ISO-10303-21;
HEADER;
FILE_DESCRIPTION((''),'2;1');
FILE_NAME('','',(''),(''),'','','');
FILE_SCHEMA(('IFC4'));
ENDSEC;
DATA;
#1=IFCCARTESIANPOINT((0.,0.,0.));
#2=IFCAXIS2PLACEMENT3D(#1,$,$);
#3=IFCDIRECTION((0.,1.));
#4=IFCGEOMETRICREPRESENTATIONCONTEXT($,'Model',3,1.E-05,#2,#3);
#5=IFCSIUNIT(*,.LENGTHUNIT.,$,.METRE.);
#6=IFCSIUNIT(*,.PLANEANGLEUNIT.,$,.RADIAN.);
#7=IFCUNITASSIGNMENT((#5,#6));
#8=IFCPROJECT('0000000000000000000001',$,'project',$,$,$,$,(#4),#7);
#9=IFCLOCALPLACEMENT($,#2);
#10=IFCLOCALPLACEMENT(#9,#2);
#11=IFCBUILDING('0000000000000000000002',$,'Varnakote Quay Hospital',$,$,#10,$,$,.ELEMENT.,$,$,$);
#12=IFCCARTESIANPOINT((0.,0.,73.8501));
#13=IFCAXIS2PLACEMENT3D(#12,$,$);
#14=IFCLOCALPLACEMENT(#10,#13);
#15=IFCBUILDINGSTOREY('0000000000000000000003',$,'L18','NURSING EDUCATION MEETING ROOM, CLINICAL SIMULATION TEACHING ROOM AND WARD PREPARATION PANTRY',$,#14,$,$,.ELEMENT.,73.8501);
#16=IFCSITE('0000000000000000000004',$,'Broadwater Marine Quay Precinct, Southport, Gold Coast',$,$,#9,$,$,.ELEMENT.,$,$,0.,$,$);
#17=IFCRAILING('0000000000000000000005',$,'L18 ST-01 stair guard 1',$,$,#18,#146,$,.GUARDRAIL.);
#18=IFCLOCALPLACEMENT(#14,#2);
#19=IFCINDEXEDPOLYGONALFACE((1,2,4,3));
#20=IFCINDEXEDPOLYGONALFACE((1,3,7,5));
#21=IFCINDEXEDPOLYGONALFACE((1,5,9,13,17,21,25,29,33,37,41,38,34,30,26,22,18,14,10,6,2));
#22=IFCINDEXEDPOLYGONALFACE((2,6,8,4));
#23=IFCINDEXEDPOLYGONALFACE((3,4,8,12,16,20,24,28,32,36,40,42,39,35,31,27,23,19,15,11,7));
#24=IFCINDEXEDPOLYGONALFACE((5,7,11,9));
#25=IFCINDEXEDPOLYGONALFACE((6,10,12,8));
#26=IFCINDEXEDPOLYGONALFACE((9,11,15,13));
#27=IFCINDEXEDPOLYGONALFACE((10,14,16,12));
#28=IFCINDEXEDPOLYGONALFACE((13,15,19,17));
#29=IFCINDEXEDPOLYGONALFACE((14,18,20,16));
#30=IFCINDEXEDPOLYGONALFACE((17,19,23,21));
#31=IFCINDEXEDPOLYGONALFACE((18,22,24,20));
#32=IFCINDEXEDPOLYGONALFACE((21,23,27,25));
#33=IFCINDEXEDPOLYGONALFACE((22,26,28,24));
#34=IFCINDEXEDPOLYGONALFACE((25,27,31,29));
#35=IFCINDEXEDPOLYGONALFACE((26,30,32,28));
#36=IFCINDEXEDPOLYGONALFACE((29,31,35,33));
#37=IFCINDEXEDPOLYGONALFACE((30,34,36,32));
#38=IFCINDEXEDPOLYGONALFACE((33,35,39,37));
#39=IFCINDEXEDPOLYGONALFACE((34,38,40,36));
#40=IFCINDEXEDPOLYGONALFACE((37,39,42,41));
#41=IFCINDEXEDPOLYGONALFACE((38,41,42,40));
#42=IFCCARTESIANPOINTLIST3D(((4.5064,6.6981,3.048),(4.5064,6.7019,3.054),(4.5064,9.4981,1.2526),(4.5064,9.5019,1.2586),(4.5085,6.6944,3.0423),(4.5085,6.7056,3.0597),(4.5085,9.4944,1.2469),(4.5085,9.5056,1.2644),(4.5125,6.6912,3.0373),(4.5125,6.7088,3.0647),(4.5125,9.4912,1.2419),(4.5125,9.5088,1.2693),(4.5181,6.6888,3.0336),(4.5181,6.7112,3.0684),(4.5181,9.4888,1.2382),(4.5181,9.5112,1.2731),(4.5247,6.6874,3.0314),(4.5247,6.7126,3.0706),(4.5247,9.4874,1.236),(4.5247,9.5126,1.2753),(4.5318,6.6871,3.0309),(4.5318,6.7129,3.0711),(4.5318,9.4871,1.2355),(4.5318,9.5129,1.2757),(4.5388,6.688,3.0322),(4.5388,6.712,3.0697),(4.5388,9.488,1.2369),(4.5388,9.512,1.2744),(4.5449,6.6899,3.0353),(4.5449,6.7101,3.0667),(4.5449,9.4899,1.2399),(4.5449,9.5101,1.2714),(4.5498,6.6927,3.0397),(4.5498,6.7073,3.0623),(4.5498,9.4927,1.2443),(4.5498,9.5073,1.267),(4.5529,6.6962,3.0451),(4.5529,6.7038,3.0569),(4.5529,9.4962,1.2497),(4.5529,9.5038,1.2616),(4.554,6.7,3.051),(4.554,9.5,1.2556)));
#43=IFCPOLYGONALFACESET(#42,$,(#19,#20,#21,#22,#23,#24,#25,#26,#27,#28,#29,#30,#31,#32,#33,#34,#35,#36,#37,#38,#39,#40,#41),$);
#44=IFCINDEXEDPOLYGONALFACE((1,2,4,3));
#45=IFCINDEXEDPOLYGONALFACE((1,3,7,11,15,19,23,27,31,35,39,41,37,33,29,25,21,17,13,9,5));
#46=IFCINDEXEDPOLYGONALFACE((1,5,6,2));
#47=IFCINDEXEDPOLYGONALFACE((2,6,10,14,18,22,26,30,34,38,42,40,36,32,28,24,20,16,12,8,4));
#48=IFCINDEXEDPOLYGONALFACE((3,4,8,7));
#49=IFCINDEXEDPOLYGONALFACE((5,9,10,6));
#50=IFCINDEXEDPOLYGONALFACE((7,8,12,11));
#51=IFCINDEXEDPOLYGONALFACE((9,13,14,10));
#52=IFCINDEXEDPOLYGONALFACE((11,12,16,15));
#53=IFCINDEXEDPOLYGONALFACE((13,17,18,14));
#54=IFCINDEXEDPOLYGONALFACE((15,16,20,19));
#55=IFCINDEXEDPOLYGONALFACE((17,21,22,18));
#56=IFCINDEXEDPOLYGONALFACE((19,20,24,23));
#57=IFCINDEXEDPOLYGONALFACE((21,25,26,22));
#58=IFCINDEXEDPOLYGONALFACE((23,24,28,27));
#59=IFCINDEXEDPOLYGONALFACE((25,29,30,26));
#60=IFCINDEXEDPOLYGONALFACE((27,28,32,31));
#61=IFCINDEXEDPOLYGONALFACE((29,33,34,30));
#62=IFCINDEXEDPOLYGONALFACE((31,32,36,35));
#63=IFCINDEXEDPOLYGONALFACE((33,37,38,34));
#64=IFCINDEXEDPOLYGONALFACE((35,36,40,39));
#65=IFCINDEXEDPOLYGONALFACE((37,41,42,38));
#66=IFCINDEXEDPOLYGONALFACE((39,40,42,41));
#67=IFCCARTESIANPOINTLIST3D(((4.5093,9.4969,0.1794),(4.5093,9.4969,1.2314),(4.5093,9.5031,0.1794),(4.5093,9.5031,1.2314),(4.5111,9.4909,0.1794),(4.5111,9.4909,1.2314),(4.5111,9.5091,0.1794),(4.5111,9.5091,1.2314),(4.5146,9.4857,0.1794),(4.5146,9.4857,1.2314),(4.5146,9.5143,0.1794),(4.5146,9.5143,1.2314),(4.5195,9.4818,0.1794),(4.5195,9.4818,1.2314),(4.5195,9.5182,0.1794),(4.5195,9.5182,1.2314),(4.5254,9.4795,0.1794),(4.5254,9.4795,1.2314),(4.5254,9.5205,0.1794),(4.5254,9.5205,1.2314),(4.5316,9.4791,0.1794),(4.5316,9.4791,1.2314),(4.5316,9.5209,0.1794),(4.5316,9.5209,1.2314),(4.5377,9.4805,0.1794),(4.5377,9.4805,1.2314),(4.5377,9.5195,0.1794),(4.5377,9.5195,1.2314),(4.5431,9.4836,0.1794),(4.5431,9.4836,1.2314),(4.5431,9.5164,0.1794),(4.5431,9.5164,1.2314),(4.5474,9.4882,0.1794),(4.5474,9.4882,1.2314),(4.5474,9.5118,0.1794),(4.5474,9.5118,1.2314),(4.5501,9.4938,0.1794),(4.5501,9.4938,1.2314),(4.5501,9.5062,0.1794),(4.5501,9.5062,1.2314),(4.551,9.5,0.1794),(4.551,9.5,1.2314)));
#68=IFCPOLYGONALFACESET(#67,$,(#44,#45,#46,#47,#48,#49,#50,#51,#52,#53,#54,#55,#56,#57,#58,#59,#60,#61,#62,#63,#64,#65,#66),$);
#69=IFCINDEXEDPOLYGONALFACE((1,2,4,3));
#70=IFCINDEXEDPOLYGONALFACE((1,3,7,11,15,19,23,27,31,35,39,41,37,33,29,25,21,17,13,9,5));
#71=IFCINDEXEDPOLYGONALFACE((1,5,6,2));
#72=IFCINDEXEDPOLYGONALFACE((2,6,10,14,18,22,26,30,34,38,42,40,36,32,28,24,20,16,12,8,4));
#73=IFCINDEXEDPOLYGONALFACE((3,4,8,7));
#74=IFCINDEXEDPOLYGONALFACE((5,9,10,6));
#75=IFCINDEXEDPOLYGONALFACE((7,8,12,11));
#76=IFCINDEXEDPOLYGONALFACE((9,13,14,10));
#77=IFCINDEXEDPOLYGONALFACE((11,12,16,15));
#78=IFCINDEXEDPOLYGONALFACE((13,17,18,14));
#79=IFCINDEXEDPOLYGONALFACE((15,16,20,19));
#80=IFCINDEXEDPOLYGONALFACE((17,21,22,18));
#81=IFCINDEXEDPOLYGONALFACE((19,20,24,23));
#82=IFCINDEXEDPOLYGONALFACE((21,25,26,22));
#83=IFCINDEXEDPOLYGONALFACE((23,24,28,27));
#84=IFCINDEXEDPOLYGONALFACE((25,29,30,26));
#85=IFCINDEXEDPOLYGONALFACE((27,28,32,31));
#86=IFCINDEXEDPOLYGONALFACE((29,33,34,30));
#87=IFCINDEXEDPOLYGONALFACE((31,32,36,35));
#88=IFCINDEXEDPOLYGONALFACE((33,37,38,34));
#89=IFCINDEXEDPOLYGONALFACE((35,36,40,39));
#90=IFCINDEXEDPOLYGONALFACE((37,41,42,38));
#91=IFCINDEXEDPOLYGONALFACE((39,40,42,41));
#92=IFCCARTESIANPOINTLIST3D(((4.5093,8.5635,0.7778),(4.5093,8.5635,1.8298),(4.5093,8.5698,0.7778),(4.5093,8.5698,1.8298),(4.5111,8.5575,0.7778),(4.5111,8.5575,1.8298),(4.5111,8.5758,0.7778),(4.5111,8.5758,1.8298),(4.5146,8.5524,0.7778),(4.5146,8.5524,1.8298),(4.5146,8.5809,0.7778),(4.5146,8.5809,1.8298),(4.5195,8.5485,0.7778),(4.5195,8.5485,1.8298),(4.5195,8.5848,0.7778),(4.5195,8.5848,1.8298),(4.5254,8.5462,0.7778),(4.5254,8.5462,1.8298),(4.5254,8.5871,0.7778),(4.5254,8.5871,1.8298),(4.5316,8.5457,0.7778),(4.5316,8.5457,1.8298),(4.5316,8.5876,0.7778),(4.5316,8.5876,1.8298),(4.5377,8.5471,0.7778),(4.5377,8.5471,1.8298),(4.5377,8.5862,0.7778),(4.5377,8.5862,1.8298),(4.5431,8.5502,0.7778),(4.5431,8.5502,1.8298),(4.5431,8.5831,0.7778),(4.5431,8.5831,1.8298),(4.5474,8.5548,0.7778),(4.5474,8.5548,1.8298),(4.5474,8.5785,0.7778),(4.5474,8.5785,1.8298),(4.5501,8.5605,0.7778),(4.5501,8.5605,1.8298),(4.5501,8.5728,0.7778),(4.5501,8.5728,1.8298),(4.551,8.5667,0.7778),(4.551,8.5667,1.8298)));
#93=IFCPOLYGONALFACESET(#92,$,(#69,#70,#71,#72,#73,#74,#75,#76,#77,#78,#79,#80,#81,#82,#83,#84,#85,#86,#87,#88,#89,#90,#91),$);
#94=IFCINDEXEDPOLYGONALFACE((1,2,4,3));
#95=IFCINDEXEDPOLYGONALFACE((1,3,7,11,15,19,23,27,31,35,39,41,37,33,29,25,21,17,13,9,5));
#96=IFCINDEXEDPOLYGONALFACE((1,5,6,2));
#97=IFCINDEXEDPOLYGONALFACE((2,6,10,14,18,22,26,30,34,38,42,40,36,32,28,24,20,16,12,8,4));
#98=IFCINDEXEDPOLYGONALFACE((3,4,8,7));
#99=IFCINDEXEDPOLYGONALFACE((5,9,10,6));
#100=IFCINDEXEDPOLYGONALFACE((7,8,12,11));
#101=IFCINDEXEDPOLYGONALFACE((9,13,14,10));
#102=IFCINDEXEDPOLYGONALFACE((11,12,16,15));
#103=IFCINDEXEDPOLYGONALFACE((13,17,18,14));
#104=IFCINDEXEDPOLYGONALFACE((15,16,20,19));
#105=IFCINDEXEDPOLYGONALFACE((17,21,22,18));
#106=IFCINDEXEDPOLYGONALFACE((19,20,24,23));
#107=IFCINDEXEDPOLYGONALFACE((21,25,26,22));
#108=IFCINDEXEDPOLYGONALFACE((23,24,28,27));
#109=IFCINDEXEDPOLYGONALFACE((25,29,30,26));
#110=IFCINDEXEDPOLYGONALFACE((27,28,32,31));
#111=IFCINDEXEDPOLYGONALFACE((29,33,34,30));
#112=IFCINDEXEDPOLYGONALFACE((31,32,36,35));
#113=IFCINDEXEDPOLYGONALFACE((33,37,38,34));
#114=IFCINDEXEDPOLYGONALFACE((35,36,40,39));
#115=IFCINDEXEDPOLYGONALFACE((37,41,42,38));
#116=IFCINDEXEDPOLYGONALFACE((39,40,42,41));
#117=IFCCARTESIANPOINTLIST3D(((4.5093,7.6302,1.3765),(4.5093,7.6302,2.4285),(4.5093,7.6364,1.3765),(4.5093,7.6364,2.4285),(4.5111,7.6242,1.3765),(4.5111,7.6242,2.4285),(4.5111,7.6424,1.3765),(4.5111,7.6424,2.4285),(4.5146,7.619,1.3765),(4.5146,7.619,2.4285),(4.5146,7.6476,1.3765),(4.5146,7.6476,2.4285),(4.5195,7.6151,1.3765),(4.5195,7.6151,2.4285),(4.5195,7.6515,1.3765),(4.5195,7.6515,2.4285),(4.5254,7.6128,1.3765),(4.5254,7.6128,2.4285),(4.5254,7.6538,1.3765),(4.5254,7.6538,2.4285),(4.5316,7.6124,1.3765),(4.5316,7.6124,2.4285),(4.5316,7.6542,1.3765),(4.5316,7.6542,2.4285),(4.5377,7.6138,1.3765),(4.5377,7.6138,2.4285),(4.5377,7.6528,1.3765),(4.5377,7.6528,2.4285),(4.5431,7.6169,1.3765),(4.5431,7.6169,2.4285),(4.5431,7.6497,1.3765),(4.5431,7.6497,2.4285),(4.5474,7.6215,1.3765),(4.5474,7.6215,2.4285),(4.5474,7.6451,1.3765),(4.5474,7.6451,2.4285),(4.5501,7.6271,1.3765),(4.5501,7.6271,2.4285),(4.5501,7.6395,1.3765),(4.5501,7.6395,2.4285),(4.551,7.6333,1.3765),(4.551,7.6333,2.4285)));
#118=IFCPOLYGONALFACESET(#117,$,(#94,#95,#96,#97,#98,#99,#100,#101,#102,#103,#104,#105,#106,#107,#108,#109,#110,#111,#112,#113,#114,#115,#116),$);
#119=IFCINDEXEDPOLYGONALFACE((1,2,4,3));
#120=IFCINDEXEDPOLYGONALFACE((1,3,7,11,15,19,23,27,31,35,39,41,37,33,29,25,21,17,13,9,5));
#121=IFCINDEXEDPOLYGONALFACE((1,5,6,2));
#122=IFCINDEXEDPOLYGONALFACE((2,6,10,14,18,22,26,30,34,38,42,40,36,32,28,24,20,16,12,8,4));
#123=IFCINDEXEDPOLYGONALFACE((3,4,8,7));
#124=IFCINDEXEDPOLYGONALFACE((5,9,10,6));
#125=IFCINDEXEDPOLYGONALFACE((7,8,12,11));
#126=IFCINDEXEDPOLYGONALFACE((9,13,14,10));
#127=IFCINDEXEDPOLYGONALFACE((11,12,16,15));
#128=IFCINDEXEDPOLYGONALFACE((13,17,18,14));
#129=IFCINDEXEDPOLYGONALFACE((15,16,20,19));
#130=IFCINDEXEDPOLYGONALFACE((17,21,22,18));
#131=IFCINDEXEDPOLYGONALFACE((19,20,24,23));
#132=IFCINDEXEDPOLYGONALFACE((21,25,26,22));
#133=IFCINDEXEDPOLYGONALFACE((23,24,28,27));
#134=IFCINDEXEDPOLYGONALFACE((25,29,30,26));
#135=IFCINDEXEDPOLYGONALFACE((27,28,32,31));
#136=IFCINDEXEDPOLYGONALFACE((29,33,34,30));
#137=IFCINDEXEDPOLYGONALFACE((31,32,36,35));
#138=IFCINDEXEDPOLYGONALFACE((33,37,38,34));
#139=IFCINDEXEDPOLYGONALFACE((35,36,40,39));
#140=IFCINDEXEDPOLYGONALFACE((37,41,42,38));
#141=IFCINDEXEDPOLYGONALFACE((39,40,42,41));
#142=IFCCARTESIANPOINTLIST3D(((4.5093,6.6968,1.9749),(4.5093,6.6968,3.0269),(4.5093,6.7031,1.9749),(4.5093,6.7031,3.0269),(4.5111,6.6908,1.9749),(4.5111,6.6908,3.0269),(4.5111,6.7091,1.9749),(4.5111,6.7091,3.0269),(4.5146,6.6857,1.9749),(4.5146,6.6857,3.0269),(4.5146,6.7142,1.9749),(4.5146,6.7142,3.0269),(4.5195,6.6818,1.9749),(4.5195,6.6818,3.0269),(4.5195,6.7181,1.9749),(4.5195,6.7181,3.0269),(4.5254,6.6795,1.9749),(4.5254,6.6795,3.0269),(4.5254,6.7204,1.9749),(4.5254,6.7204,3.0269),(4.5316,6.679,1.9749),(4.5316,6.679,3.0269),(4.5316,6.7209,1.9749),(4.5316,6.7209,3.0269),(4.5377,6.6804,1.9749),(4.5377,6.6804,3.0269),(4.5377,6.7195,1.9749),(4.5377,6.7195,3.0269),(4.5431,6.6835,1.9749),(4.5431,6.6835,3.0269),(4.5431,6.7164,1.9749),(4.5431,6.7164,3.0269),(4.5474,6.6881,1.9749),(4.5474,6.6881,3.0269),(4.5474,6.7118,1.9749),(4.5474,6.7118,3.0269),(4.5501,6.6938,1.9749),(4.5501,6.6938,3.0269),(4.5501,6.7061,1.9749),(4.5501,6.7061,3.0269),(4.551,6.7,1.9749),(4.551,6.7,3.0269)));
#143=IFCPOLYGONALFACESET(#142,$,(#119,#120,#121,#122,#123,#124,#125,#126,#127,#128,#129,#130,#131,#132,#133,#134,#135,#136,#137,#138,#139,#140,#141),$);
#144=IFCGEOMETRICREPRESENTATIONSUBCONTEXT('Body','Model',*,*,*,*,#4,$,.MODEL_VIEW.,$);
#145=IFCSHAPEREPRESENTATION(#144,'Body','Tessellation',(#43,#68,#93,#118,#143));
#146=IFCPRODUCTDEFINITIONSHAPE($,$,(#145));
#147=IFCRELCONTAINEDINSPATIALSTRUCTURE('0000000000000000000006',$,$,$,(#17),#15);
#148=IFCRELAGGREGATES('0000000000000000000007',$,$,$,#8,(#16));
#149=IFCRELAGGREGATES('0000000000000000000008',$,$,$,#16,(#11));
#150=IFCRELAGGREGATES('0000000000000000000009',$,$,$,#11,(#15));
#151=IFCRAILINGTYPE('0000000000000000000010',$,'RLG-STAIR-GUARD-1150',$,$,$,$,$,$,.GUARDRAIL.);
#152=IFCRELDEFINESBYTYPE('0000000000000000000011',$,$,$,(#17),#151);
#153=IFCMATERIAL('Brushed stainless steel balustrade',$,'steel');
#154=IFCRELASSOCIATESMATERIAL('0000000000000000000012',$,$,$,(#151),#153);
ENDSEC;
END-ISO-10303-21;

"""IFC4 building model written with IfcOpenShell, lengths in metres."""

from ifc_helpers import new_model, si_unit, direction, frame, origin, origin_2d, place, context, subcontext, project, spatial, circle, extrude, material, type_object, element, save


model = new_model("IFC4")

# Units and contexts
model_context = context("Model", 3, precision=1e-05, world=origin(), true_north=direction((0.0, 1.0)))
body_context = subcontext(model_context, "Body", "Model", "MODEL_VIEW")
ifc_project = project(units=[si_unit("LENGTHUNIT", "METRE"), si_unit("PLANEANGLEUNIT", "RADIAN")], contexts=[model_context])

# Site, building, storey
site_placement = place(None, origin())
site = spatial("IfcSite", under=ifc_project, at=site_placement, Name="Broadwater Marine Quay Precinct, Southport, Gold Coast", CompositionType="ELEMENT", RefElevation=0.0)
building_placement = place(site_placement, origin())
building = spatial("IfcBuilding", under=site, at=building_placement, Name="Varnakote Quay Hospital", CompositionType="ELEMENT")
storey_placement = place(building_placement, frame((0.0, 0.0, 73.8501)))
storey = spatial("IfcBuildingStorey", under=building, at=storey_placement, Name="L18", Description="NURSING EDUCATION MEETING ROOM, CLINICAL SIMULATION TEACHING ROOM AND WARD PREPARATION PANTRY", CompositionType="ELEMENT", Elevation=73.8501)

# Railing
ifc_material_1 = material(Name="Brushed stainless steel balustrade", Category="steel")
railing_type_1 = type_object("IfcRailingType", Name="RLG-STAIR-GUARD-1150", PredefinedType="GUARDRAIL", material=ifc_material_1)
railing_1_placement = place(storey_placement, frame((4.53, 9.5, 0.1794)))
element("IfcRailing", 1, at=railing_1_placement, inside=storey, type_object=railing_type_1, Name="L18 ST-01 stair guard 1", PredefinedType="GUARDRAIL", context=body_context, shape_type="SweptSolid", body=[
    extrude(circle(Radius=0.0239, at=origin_2d()), frame((0.0, 0.0, 1.0762), z_axis=(0.0, -0.84181, 0.539774), x_axis=(1.0, 0.0, 0.0)), (0.0, 0.0, 1.0), 3.3262),
    extrude(circle(Radius=0.021, at=origin_2d()), origin(), (0.0, 0.0, 1.0), 1.052),
    extrude(circle(Radius=0.021, at=origin_2d()), frame((0.0, -0.9333, 0.5984)), (0.0, 0.0, 1.0), 1.052),
    extrude(circle(Radius=0.021, at=origin_2d()), frame((0.0, -1.8667, 1.197)), (0.0, 0.0, 1.0), 1.052),
    extrude(circle(Radius=0.021, at=origin_2d()), frame((0.0, -2.8, 1.7954)), (0.0, 0.0, 1.0), 1.052),
])

save(model, "model.ifc")
